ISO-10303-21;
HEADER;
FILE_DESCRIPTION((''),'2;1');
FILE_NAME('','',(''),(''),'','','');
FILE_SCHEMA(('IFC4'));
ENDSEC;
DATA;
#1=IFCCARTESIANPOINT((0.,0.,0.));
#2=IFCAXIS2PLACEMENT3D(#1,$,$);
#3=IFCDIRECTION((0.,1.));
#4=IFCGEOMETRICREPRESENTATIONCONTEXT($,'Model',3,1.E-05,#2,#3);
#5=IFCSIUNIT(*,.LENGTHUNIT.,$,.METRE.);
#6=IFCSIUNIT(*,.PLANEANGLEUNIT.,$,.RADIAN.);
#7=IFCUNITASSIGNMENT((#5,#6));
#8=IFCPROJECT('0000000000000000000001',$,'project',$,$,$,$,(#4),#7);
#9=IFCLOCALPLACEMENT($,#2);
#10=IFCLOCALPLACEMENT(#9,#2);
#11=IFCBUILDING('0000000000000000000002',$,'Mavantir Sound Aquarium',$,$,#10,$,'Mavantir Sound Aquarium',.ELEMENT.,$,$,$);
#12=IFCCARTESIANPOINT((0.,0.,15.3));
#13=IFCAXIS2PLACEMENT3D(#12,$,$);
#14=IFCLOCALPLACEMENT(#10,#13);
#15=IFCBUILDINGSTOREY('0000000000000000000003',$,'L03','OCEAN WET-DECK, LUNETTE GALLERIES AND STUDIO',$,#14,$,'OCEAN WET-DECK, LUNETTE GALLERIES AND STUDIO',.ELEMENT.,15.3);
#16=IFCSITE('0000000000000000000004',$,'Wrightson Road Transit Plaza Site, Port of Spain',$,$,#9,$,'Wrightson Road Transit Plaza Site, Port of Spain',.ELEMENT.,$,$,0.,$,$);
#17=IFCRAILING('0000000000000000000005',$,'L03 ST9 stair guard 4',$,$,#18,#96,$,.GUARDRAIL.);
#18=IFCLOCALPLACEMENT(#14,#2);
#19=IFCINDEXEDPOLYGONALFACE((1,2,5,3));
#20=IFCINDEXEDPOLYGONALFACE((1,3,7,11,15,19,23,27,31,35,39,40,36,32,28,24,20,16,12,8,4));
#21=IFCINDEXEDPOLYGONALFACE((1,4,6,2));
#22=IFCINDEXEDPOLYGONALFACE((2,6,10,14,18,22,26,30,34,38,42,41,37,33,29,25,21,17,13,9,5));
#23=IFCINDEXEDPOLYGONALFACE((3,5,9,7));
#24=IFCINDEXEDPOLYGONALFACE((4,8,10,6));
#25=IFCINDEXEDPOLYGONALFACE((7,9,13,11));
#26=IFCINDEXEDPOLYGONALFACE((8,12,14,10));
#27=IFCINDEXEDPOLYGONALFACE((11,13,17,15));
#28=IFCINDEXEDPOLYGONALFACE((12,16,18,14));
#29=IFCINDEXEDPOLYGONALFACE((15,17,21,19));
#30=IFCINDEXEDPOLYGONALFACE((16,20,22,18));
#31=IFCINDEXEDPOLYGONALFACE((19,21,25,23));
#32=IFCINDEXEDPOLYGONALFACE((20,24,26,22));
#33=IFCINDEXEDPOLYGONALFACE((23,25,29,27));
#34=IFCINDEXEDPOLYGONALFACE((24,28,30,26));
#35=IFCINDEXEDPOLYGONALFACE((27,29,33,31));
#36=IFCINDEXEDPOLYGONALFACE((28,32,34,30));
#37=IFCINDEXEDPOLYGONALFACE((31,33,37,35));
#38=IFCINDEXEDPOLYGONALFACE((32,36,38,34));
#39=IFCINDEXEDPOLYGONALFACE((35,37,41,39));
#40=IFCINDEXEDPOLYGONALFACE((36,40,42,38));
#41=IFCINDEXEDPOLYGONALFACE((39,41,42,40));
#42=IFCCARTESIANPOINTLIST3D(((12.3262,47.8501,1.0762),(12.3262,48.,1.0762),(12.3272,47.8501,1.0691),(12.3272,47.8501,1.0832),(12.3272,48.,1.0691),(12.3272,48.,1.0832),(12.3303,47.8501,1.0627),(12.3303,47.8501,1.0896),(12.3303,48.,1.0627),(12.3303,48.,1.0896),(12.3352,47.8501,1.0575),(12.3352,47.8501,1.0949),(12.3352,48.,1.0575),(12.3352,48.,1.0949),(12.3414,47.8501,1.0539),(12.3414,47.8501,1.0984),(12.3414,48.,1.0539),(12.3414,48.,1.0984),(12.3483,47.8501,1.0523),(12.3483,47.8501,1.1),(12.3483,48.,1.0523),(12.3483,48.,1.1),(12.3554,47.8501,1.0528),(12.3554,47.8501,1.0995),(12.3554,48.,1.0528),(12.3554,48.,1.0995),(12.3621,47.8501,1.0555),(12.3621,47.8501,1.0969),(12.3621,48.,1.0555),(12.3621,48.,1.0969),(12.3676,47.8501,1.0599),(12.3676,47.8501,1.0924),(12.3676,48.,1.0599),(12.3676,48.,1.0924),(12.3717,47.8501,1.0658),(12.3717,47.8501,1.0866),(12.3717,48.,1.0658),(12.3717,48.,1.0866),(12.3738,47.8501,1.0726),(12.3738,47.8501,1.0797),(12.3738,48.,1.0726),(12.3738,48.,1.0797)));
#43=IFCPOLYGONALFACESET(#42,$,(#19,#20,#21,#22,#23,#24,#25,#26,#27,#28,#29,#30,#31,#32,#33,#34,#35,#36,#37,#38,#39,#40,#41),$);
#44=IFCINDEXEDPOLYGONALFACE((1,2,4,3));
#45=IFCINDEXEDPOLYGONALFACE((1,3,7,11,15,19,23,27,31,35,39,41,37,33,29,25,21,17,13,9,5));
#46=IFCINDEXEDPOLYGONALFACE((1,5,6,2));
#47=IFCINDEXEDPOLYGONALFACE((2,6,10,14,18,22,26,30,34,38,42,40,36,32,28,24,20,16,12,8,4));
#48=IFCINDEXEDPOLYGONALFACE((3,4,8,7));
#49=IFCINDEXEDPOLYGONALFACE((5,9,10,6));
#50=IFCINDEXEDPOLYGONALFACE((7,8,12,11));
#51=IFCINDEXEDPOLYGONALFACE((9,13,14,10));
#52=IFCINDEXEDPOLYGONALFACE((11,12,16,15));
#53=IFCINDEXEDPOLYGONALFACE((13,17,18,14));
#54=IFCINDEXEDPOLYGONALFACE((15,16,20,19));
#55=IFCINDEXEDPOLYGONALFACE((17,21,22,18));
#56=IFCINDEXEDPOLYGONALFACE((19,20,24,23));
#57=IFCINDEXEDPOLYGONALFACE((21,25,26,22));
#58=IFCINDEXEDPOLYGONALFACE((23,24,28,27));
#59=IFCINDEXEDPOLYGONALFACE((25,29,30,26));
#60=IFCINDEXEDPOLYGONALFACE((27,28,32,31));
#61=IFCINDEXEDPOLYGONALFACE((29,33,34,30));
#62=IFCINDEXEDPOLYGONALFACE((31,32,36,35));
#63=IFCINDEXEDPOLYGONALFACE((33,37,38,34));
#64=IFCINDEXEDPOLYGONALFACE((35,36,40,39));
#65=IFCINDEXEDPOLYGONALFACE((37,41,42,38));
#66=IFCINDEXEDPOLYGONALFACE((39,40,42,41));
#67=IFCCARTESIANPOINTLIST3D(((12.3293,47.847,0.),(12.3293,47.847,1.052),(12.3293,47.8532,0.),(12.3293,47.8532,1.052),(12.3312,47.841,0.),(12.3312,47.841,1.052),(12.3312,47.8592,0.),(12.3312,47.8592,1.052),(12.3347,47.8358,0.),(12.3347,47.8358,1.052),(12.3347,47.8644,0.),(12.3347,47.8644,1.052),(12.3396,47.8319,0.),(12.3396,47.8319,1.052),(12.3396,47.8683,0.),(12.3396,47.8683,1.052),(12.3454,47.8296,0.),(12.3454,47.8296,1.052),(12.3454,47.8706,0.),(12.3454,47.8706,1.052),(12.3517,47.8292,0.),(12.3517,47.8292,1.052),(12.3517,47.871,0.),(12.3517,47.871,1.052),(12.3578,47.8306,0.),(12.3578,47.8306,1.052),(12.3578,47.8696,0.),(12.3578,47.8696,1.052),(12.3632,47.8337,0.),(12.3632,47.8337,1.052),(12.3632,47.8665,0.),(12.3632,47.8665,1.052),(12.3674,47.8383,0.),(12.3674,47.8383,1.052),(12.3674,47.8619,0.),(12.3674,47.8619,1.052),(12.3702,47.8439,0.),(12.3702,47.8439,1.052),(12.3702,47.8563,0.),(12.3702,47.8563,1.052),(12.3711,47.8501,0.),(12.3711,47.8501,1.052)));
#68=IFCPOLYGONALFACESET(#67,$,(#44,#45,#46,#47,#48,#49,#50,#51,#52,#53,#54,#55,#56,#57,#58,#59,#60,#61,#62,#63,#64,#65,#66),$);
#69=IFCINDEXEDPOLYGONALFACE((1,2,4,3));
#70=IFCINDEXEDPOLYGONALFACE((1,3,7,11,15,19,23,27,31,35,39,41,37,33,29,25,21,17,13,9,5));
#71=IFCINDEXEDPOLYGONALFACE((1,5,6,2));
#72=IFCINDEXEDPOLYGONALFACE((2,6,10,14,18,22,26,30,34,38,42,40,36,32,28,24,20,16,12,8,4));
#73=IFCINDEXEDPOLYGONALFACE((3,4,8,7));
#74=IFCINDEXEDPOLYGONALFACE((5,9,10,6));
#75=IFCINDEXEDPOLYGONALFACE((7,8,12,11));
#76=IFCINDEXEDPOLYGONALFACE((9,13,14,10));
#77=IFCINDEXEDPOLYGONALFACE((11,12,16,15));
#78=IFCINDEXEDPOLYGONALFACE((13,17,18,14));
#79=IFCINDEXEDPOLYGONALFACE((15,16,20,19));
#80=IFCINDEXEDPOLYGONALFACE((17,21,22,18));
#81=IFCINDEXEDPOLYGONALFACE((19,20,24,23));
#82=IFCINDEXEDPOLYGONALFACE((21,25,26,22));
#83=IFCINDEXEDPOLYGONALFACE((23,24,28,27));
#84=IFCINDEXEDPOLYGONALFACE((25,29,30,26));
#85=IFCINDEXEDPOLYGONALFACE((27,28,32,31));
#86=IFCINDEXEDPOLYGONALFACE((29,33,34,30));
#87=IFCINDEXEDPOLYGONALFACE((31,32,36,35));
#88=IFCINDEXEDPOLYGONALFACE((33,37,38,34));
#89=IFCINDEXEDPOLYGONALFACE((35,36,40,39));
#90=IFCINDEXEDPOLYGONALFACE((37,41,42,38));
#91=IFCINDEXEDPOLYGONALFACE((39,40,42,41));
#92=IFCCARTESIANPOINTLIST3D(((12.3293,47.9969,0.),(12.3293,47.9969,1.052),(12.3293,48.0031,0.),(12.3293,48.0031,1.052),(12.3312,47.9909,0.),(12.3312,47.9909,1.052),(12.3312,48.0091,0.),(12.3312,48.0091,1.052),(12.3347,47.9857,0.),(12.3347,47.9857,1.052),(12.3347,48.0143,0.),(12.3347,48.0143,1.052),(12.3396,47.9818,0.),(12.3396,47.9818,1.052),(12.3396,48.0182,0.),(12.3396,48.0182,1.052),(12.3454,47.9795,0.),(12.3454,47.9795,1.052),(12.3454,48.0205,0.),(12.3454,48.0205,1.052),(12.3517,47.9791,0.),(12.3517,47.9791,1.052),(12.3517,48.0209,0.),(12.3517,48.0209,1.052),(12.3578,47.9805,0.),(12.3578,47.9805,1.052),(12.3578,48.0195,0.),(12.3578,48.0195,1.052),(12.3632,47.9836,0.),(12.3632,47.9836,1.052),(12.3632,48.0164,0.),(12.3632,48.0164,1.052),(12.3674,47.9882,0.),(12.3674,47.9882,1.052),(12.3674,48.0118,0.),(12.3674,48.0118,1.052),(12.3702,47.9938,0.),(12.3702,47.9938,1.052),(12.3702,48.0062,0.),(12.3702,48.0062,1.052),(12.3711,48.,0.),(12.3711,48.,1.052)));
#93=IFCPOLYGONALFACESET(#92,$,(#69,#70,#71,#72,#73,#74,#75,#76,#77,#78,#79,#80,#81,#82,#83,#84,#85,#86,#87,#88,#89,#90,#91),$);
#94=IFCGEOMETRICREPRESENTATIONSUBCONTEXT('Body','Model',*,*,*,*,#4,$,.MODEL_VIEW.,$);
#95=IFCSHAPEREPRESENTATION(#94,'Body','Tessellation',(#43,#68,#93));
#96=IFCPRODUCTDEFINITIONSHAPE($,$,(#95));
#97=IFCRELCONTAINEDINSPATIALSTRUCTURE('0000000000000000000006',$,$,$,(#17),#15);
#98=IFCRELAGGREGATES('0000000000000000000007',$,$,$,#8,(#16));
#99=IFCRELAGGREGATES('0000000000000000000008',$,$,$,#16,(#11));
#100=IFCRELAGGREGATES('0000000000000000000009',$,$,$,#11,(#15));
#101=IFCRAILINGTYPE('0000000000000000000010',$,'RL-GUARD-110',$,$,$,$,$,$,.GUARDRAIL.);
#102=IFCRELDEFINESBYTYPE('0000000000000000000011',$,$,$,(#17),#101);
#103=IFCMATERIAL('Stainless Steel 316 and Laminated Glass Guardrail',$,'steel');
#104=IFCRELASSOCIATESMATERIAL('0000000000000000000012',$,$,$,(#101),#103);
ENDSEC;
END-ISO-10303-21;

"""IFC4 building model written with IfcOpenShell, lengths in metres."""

from ifc_helpers import new_model, si_unit, direction, frame, origin, origin_2d, place, context, subcontext, project, spatial, circle, extrude, material, type_object, element, save


model = new_model("IFC4")

# Units and contexts
model_context = context("Model", 3, precision=1e-05, world=origin(), true_north=direction((0.0, 1.0)))
body_context = subcontext(model_context, "Body", "Model", "MODEL_VIEW")
ifc_project = project(units=[si_unit("LENGTHUNIT", "METRE"), si_unit("PLANEANGLEUNIT", "RADIAN")], contexts=[model_context])

# Site, building, storey
site_placement = place(None, origin())
site = spatial("IfcSite", under=ifc_project, at=site_placement, Name="Wrightson Road Transit Plaza Site, Port of Spain", LongName="Wrightson Road Transit Plaza Site, Port of Spain", CompositionType="ELEMENT", RefElevation=0.0)
building_placement = place(site_placement, origin())
building = spatial("IfcBuilding", under=site, at=building_placement, Name="Mavantir Sound Aquarium", LongName="Mavantir Sound Aquarium", CompositionType="ELEMENT")
storey_placement = place(building_placement, frame((0.0, 0.0, 15.3)))
storey = spatial("IfcBuildingStorey", under=building, at=storey_placement, Name="L03", Description="OCEAN WET-DECK, LUNETTE GALLERIES AND STUDIO", LongName="OCEAN WET-DECK, LUNETTE GALLERIES AND STUDIO", CompositionType="ELEMENT", Elevation=15.3)

# Railing
ifc_material_1 = material(Name="Stainless Steel 316 and Laminated Glass Guardrail", Category="steel")
railing_type_1 = type_object("IfcRailingType", Name="RL-GUARD-110", PredefinedType="GUARDRAIL", material=ifc_material_1)
railing_1_placement = place(storey_placement, frame((12.3501, 47.8501, 0.0)))
element("IfcRailing", 1, at=railing_1_placement, inside=storey, type_object=railing_type_1, Name="L03 ST9 stair guard 4", PredefinedType="GUARDRAIL", context=body_context, shape_type="SweptSolid", body=[
    extrude(circle(Radius=0.0239, at=origin_2d()), frame((0.0, 0.0, 1.0762), z_axis=(0.0, 1.0, 0.0), x_axis=(-1.0, 0.0, 0.0)), (0.0, 0.0, 1.0), 0.1499),
    extrude(circle(Radius=0.021, at=origin_2d()), origin(), (0.0, 0.0, 1.0), 1.052),
    extrude(circle(Radius=0.021, at=origin_2d()), frame((0.0, 0.1499, 0.0)), (0.0, 0.0, 1.0), 1.052),
])

save(model, "model.ifc")
